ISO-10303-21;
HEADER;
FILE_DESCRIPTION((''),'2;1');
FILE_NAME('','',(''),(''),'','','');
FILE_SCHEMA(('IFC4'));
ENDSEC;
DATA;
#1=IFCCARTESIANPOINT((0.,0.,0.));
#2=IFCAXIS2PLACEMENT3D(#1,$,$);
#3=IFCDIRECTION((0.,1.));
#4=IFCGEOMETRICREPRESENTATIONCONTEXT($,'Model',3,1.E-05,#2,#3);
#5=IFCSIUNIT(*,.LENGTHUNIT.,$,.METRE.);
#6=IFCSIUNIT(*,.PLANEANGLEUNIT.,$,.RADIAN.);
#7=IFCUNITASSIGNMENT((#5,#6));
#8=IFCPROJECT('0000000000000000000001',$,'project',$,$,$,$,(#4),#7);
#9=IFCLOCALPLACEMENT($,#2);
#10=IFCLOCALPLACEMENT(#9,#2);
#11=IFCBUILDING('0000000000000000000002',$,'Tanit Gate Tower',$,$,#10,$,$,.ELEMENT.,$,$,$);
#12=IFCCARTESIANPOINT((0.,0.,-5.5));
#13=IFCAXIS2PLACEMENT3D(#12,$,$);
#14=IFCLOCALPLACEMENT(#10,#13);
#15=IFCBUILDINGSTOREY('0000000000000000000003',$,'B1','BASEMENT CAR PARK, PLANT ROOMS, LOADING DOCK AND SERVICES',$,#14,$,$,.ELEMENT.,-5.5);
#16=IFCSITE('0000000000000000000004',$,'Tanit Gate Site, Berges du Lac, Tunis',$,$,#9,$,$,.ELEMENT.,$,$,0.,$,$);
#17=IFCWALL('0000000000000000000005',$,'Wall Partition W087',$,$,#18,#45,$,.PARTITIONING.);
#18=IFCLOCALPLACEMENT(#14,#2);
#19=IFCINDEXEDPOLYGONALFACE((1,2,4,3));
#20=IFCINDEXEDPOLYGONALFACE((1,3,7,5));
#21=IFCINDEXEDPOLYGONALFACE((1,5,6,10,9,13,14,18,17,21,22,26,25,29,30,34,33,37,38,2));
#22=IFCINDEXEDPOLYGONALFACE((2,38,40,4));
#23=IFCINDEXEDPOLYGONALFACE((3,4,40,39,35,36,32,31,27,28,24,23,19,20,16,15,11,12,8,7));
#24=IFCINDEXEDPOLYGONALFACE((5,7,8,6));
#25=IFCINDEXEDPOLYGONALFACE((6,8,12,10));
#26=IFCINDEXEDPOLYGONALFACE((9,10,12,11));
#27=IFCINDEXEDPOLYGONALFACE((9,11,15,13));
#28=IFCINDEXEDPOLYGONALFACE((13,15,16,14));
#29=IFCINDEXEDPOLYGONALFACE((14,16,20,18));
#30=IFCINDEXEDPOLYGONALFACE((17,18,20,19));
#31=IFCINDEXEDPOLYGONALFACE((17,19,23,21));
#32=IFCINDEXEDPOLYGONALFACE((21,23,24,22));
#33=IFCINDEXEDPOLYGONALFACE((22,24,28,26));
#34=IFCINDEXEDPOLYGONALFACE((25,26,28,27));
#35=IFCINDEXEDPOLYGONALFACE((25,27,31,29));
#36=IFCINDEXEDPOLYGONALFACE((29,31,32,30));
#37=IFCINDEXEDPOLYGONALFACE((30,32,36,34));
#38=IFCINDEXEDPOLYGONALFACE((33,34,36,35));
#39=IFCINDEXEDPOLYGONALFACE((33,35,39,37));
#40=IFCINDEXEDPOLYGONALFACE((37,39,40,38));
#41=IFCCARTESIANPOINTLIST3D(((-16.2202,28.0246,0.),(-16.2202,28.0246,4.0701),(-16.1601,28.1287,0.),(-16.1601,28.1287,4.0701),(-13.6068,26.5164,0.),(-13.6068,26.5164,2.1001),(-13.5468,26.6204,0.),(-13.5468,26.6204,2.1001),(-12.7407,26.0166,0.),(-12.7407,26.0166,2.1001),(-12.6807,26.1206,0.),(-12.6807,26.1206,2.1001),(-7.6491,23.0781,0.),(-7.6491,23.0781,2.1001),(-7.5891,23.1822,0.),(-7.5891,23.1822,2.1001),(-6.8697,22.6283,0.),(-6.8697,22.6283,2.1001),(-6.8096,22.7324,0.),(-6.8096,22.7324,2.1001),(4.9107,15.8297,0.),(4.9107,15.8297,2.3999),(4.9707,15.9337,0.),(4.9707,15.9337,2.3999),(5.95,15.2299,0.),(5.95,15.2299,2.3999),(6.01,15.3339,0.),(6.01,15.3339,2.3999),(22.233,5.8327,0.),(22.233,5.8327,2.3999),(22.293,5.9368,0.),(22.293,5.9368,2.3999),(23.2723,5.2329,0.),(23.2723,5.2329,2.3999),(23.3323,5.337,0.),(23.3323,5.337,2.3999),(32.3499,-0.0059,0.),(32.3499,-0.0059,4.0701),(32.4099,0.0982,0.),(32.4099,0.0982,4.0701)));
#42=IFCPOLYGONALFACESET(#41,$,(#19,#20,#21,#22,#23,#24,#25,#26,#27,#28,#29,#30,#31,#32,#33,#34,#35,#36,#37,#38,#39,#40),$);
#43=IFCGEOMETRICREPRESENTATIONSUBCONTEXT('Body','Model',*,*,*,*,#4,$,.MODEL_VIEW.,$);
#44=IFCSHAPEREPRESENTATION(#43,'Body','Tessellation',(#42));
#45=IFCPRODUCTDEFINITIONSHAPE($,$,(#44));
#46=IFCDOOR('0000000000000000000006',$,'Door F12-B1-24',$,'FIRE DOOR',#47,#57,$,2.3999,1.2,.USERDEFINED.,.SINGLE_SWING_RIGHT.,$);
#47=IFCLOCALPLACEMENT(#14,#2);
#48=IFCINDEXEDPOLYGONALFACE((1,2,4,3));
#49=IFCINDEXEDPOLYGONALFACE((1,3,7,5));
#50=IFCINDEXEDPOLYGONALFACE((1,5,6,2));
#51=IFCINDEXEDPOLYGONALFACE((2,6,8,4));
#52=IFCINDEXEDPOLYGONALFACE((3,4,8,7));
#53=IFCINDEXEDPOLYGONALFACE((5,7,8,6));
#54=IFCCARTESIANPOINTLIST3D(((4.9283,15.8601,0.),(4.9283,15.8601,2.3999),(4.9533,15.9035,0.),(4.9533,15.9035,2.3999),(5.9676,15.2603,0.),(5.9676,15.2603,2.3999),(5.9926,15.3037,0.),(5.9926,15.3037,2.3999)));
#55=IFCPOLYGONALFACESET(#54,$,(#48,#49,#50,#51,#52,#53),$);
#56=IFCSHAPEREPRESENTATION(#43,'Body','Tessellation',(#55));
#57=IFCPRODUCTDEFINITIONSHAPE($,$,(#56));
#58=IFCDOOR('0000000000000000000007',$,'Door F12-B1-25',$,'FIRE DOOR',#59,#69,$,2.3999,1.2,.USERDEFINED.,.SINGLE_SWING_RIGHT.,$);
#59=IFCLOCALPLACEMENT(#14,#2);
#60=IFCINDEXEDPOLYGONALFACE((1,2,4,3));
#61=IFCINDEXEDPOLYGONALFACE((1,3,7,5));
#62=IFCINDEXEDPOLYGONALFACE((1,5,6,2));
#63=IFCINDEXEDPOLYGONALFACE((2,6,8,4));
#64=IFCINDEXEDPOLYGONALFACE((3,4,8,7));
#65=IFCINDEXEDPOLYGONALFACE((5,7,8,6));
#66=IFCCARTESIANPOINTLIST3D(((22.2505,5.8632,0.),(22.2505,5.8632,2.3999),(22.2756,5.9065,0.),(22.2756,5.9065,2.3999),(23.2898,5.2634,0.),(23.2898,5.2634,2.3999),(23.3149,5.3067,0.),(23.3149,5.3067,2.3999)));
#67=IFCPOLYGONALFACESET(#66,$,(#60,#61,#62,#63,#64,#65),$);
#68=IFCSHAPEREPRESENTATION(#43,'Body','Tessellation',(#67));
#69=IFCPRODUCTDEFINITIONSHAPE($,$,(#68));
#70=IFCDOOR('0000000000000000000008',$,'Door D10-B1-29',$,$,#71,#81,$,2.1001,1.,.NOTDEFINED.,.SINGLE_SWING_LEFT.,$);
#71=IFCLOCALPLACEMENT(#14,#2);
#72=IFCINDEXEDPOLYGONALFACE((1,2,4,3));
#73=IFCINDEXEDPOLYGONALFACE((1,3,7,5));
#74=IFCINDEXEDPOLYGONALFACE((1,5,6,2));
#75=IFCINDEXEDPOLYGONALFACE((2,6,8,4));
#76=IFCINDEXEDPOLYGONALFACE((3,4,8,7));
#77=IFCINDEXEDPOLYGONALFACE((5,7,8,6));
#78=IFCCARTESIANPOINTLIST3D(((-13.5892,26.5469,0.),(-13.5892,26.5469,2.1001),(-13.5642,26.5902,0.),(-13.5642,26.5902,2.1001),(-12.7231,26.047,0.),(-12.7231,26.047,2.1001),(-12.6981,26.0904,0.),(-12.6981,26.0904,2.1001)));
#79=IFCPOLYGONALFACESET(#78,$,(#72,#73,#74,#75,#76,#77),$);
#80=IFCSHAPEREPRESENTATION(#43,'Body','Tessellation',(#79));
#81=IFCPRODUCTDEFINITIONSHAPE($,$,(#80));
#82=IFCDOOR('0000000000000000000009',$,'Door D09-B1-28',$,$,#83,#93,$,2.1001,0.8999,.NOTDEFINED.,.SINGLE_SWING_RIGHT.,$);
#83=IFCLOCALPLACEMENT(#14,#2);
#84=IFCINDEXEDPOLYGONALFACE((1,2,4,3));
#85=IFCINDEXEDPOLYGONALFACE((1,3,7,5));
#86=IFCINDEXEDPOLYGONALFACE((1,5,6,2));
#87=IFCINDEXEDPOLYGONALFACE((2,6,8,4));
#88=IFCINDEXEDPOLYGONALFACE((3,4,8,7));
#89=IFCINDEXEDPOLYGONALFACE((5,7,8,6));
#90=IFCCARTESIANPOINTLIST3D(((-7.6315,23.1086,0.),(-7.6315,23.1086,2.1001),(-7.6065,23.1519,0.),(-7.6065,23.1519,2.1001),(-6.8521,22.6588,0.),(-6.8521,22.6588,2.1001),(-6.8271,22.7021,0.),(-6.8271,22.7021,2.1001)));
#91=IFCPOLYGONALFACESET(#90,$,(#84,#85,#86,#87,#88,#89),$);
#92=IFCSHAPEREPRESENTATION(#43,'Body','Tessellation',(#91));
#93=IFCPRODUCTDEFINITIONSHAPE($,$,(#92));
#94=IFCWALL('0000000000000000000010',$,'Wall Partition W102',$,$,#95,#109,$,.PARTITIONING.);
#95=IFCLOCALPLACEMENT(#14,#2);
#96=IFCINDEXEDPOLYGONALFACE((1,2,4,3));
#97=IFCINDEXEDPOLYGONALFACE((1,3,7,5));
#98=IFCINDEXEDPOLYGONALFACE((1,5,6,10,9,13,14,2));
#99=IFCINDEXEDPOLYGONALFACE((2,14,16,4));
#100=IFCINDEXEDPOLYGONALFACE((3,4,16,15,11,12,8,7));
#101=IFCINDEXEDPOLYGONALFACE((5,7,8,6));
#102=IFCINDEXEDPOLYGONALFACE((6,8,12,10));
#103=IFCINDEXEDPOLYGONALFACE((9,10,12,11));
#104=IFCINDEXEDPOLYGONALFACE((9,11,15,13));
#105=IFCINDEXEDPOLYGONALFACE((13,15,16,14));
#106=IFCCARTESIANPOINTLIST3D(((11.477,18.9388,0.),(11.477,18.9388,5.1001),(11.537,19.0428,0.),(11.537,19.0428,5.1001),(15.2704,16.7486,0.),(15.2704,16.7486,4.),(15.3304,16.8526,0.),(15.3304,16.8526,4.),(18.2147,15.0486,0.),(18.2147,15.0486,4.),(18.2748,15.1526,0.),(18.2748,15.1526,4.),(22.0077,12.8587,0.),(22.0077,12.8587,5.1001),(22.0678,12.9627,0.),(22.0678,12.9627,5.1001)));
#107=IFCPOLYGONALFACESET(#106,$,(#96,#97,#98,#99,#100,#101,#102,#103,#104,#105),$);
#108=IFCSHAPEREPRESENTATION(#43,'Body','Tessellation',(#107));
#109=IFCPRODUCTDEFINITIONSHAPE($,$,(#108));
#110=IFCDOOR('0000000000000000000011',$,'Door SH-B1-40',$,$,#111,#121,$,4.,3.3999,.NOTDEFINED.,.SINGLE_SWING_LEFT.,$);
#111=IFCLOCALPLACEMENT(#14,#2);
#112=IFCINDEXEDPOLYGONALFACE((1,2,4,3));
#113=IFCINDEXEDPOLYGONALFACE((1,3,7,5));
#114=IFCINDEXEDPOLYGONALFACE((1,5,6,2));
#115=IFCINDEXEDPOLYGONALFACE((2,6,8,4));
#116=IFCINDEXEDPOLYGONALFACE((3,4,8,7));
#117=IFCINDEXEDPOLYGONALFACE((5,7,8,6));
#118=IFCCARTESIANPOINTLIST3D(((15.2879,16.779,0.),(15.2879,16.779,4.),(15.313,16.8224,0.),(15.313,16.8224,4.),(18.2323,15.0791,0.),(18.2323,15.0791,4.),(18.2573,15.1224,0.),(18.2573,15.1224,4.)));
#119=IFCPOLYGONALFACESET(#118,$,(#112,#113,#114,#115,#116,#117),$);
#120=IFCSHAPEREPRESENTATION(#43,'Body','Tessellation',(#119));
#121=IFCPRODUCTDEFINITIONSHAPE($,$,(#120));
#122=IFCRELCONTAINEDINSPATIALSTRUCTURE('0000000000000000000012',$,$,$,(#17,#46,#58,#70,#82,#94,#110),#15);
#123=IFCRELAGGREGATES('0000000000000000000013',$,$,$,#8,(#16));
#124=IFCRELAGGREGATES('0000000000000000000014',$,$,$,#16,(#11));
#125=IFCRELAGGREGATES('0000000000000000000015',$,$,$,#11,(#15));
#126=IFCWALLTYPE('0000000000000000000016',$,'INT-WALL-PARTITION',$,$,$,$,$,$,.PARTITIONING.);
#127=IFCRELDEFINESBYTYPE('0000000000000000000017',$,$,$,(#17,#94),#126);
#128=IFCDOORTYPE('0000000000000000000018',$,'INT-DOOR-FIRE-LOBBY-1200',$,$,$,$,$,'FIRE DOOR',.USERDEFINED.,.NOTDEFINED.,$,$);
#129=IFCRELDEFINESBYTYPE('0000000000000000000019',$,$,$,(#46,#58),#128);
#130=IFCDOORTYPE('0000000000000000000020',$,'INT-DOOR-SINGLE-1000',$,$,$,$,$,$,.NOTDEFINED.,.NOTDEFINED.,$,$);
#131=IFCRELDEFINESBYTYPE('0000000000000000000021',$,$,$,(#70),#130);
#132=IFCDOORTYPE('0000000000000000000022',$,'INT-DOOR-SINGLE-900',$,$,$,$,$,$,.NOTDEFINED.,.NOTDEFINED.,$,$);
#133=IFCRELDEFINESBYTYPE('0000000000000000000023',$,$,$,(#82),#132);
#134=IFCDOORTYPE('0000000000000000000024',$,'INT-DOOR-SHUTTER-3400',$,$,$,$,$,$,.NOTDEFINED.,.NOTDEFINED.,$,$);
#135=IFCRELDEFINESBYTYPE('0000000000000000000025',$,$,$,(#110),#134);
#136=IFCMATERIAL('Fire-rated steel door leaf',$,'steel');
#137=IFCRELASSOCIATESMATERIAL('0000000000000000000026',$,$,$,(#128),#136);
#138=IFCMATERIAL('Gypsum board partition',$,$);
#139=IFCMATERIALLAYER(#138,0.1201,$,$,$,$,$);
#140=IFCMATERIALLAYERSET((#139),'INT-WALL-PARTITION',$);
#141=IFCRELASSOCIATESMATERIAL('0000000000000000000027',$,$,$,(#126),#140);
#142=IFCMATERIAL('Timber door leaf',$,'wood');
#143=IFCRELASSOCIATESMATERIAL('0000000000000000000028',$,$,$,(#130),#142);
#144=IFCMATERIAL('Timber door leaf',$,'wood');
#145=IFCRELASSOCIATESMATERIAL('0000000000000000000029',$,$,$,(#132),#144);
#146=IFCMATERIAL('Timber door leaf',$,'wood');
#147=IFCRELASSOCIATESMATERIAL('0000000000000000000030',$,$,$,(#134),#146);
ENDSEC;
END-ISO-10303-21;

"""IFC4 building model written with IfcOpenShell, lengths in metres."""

from ifc_helpers import new_model, si_unit, direction, frame, frame_2d, origin, place, context, subcontext, project, spatial, rectangle, extrude, material, layer, layer_set, type_object, element, fill, save


model = new_model("IFC4")

# Units and contexts
model_context = context("Model", 3, precision=1e-05, world=origin(), true_north=direction((0.0, 1.0)))
body_context = subcontext(model_context, "Body", "Model", "MODEL_VIEW")
ifc_project = project(units=[si_unit("LENGTHUNIT", "METRE"), si_unit("PLANEANGLEUNIT", "RADIAN")], contexts=[model_context])

# Site, building, storey
site_placement = place(None, origin())
site = spatial("IfcSite", under=ifc_project, at=site_placement, Name="Tanit Gate Site, Berges du Lac, Tunis", CompositionType="ELEMENT", RefElevation=0.0)
building_placement = place(site_placement, origin())
building = spatial("IfcBuilding", under=site, at=building_placement, Name="Tanit Gate Tower", CompositionType="ELEMENT")
storey_placement = place(building_placement, frame((0.0, 0.0, -5.5)))
storey = spatial("IfcBuildingStorey", under=building, at=storey_placement, Name="B1", Description="BASEMENT CAR PARK, PLANT ROOMS, LOADING DOCK AND SERVICES", CompositionType="ELEMENT", Elevation=-5.5)

# Shared definitions
ifc_material_1 = material(Name="Fire-rated steel door leaf", Category="steel")
door_type_1 = type_object("IfcDoorType", Name="INT-DOOR-FIRE-LOBBY-1200", ElementType="FIRE DOOR", OperationType="NOTDEFINED", PredefinedType="USERDEFINED", material=ifc_material_1)

# Wall, openings, doors
ifc_material_2 = material(Name="Gypsum board partition")
ifc_layer_1 = layer(ifc_material_2, 0.1201)
ifc_layer_set_1 = layer_set([ifc_layer_1], Name="INT-WALL-PARTITION")
wall_type_1 = type_object("IfcWallType", Name="INT-WALL-PARTITION", PredefinedType="PARTITIONING", material=ifc_layer_set_1)
wall_1_placement = place(storey_placement, frame((32.3799, 0.0461, 0.0), z_axis=(0.0, 0.0, 1.0), x_axis=(-0.866114, 0.499847, 0.0)))
wall_1 = element("IfcWall", 1, at=wall_1_placement, inside=storey, type_object=wall_type_1, Name="Wall Partition W087", PredefinedType="PARTITIONING", context=body_context, shape_type="SweptSolid", body=[
    extrude(rectangle(XDim=56.0781, YDim=0.1201, at=frame_2d((28.0391, 0.0))), origin(), (0.0, 0.0, 1.0), 4.0701),
])
opening_1_placement = place(wall_1_placement, frame((30.4807, 0.0, 0.0)))
opening_1 = element("IfcOpeningElement", 2, at=opening_1_placement, cuts=wall_1, PredefinedType="OPENING", context=body_context, shape_type="SweptSolid", body=[
    extrude(rectangle(XDim=1.2, YDim=2.3999, at=frame_2d((0.6001, 1.2))), frame((0.0, 0.0701, 0.0), z_axis=(0.0, -1.0, 0.0), x_axis=(1.0, 0.0, 0.0)), (0.0, 0.0, 1.0), 0.1401),
])
opening_2_placement = place(wall_1_placement, frame((10.4807, 0.0, 0.0)))
opening_2 = element("IfcOpeningElement", 3, at=opening_2_placement, cuts=wall_1, PredefinedType="OPENING", context=body_context, shape_type="SweptSolid", body=[
    extrude(rectangle(XDim=1.2, YDim=2.3999, at=frame_2d((0.6001, 1.2))), frame((0.0, 0.0701, 0.0), z_axis=(0.0, -1.0, 0.0), x_axis=(1.0, 0.0, 0.0)), (0.0, 0.0, 1.0), 0.1401),
])
opening_3_placement = place(wall_1_placement, frame((45.2822, 0.0, 0.0)))
opening_3 = element("IfcOpeningElement", 4, at=opening_3_placement, cuts=wall_1, PredefinedType="OPENING", context=body_context, shape_type="SweptSolid", body=[
    extrude(rectangle(XDim=0.8999, YDim=2.1001, at=frame_2d((0.45, 1.05))), frame((0.0, 0.0701, 0.0), z_axis=(0.0, -1.0, 0.0), x_axis=(1.0, 0.0, 0.0)), (0.0, 0.0, 1.0), 0.1401),
])
opening_4_placement = place(wall_1_placement, frame((52.0608, 0.0, 0.0)))
opening_4 = element("IfcOpeningElement", 5, at=opening_4_placement, cuts=wall_1, PredefinedType="OPENING", context=body_context, shape_type="SweptSolid", body=[
    extrude(rectangle(XDim=1.0, YDim=2.1001, at=frame_2d((0.5, 1.05))), frame((0.0, 0.0701, 0.0), z_axis=(0.0, -1.0, 0.0), x_axis=(1.0, 0.0, 0.0)), (0.0, 0.0, 1.0), 0.1401),
])
door_1_placement = place(opening_1_placement, origin())
door_1 = element("IfcDoor", 6, at=door_1_placement, inside=storey, type_object=door_type_1, Name="Door F12-B1-24", ObjectType="FIRE DOOR", OperationType="SINGLE_SWING_RIGHT", OverallHeight=2.3999, OverallWidth=1.2, PredefinedType="USERDEFINED", context=body_context, shape_type="SweptSolid", body=[
    extrude(rectangle(XDim=1.2, YDim=2.3999, at=frame_2d((0.6001, 1.2))), frame((0.0, 0.0249, 0.0), z_axis=(0.0, -1.0, 0.0), x_axis=(1.0, 0.0, 0.0)), (0.0, 0.0, 1.0), 0.05),
])
fill(opening_1, door_1)
door_2_placement = place(opening_2_placement, origin())
door_2 = element("IfcDoor", 7, at=door_2_placement, inside=storey, type_object=door_type_1, Name="Door F12-B1-25", ObjectType="FIRE DOOR", OperationType="SINGLE_SWING_RIGHT", OverallHeight=2.3999, OverallWidth=1.2, PredefinedType="USERDEFINED", context=body_context, shape_type="SweptSolid", body=[
    extrude(rectangle(XDim=1.2, YDim=2.3999, at=frame_2d((0.6001, 1.2))), frame((0.0, 0.0249, 0.0), z_axis=(0.0, -1.0, 0.0), x_axis=(1.0, 0.0, 0.0)), (0.0, 0.0, 1.0), 0.05),
])
fill(opening_2, door_2)
ifc_material_3 = material(Name="Timber door leaf", Category="wood")
door_type_2 = type_object("IfcDoorType", Name="INT-DOOR-SINGLE-1000", OperationType="NOTDEFINED", PredefinedType="NOTDEFINED", material=ifc_material_3)
door_3_placement = place(opening_4_placement, origin())
door_3 = element("IfcDoor", 8, at=door_3_placement, inside=storey, type_object=door_type_2, Name="Door D10-B1-29", OperationType="SINGLE_SWING_LEFT", OverallHeight=2.1001, OverallWidth=1.0, PredefinedType="NOTDEFINED", context=body_context, shape_type="SweptSolid", body=[
    extrude(rectangle(XDim=1.0, YDim=2.1001, at=frame_2d((0.5, 1.05))), frame((0.0, 0.0249, 0.0), z_axis=(0.0, -1.0, 0.0), x_axis=(1.0, 0.0, 0.0)), (0.0, 0.0, 1.0), 0.05),
])
fill(opening_4, door_3)
ifc_material_4 = material(Name="Timber door leaf", Category="wood")
door_type_3 = type_object("IfcDoorType", Name="INT-DOOR-SINGLE-900", OperationType="NOTDEFINED", PredefinedType="NOTDEFINED", material=ifc_material_4)
door_4_placement = place(opening_3_placement, origin())
door_4 = element("IfcDoor", 9, at=door_4_placement, inside=storey, type_object=door_type_3, Name="Door D09-B1-28", OperationType="SINGLE_SWING_RIGHT", OverallHeight=2.1001, OverallWidth=0.8999, PredefinedType="NOTDEFINED", context=body_context, shape_type="SweptSolid", body=[
    extrude(rectangle(XDim=0.8999, YDim=2.1001, at=frame_2d((0.45, 1.05))), frame((0.0, 0.0249, 0.0), z_axis=(0.0, -1.0, 0.0), x_axis=(1.0, 0.0, 0.0)), (0.0, 0.0, 1.0), 0.05),
])
fill(opening_3, door_4)

# Wall, opening, door
wall_2_placement = place(storey_placement, frame((22.0378, 12.9106, 0.0), z_axis=(0.0, 0.0, 1.0), x_axis=(-0.86602, 0.500009, 0.0)))
wall_2 = element("IfcWall", 10, at=wall_2_placement, inside=storey, type_object=wall_type_1, Name="Wall Partition W102", PredefinedType="PARTITIONING", context=body_context, shape_type="SweptSolid", body=[
    extrude(rectangle(XDim=12.1599, YDim=0.1201, at=frame_2d((6.0801, 0.0))), origin(), (0.0, 0.0, 1.0), 5.1001),
])
opening_5_placement = place(wall_2_placement, frame((4.3799, 0.0, 0.0)))
opening_5 = element("IfcOpeningElement", 11, at=opening_5_placement, cuts=wall_2, PredefinedType="OPENING", context=body_context, shape_type="SweptSolid", body=[
    extrude(rectangle(XDim=3.3999, YDim=4.0, at=frame_2d((1.7, 2.0))), frame((0.0, 0.0701, 0.0), z_axis=(0.0, -1.0, 0.0), x_axis=(1.0, 0.0, 0.0)), (0.0, 0.0, 1.0), 0.1401),
])
ifc_material_5 = material(Name="Timber door leaf", Category="wood")
door_type_4 = type_object("IfcDoorType", Name="INT-DOOR-SHUTTER-3400", OperationType="NOTDEFINED", PredefinedType="NOTDEFINED", material=ifc_material_5)
door_5_placement = place(opening_5_placement, origin())
door_5 = element("IfcDoor", 12, at=door_5_placement, inside=storey, type_object=door_type_4, Name="Door SH-B1-40", OperationType="SINGLE_SWING_LEFT", OverallHeight=4.0, OverallWidth=3.3999, PredefinedType="NOTDEFINED", context=body_context, shape_type="SweptSolid", body=[
    extrude(rectangle(XDim=3.3999, YDim=4.0, at=frame_2d((1.7, 2.0))), frame((0.0, 0.0249, 0.0), z_axis=(0.0, -1.0, 0.0), x_axis=(1.0, 0.0, 0.0)), (0.0, 0.0, 1.0), 0.05),
])
fill(opening_5, door_5)

save(model, "model.ifc")
